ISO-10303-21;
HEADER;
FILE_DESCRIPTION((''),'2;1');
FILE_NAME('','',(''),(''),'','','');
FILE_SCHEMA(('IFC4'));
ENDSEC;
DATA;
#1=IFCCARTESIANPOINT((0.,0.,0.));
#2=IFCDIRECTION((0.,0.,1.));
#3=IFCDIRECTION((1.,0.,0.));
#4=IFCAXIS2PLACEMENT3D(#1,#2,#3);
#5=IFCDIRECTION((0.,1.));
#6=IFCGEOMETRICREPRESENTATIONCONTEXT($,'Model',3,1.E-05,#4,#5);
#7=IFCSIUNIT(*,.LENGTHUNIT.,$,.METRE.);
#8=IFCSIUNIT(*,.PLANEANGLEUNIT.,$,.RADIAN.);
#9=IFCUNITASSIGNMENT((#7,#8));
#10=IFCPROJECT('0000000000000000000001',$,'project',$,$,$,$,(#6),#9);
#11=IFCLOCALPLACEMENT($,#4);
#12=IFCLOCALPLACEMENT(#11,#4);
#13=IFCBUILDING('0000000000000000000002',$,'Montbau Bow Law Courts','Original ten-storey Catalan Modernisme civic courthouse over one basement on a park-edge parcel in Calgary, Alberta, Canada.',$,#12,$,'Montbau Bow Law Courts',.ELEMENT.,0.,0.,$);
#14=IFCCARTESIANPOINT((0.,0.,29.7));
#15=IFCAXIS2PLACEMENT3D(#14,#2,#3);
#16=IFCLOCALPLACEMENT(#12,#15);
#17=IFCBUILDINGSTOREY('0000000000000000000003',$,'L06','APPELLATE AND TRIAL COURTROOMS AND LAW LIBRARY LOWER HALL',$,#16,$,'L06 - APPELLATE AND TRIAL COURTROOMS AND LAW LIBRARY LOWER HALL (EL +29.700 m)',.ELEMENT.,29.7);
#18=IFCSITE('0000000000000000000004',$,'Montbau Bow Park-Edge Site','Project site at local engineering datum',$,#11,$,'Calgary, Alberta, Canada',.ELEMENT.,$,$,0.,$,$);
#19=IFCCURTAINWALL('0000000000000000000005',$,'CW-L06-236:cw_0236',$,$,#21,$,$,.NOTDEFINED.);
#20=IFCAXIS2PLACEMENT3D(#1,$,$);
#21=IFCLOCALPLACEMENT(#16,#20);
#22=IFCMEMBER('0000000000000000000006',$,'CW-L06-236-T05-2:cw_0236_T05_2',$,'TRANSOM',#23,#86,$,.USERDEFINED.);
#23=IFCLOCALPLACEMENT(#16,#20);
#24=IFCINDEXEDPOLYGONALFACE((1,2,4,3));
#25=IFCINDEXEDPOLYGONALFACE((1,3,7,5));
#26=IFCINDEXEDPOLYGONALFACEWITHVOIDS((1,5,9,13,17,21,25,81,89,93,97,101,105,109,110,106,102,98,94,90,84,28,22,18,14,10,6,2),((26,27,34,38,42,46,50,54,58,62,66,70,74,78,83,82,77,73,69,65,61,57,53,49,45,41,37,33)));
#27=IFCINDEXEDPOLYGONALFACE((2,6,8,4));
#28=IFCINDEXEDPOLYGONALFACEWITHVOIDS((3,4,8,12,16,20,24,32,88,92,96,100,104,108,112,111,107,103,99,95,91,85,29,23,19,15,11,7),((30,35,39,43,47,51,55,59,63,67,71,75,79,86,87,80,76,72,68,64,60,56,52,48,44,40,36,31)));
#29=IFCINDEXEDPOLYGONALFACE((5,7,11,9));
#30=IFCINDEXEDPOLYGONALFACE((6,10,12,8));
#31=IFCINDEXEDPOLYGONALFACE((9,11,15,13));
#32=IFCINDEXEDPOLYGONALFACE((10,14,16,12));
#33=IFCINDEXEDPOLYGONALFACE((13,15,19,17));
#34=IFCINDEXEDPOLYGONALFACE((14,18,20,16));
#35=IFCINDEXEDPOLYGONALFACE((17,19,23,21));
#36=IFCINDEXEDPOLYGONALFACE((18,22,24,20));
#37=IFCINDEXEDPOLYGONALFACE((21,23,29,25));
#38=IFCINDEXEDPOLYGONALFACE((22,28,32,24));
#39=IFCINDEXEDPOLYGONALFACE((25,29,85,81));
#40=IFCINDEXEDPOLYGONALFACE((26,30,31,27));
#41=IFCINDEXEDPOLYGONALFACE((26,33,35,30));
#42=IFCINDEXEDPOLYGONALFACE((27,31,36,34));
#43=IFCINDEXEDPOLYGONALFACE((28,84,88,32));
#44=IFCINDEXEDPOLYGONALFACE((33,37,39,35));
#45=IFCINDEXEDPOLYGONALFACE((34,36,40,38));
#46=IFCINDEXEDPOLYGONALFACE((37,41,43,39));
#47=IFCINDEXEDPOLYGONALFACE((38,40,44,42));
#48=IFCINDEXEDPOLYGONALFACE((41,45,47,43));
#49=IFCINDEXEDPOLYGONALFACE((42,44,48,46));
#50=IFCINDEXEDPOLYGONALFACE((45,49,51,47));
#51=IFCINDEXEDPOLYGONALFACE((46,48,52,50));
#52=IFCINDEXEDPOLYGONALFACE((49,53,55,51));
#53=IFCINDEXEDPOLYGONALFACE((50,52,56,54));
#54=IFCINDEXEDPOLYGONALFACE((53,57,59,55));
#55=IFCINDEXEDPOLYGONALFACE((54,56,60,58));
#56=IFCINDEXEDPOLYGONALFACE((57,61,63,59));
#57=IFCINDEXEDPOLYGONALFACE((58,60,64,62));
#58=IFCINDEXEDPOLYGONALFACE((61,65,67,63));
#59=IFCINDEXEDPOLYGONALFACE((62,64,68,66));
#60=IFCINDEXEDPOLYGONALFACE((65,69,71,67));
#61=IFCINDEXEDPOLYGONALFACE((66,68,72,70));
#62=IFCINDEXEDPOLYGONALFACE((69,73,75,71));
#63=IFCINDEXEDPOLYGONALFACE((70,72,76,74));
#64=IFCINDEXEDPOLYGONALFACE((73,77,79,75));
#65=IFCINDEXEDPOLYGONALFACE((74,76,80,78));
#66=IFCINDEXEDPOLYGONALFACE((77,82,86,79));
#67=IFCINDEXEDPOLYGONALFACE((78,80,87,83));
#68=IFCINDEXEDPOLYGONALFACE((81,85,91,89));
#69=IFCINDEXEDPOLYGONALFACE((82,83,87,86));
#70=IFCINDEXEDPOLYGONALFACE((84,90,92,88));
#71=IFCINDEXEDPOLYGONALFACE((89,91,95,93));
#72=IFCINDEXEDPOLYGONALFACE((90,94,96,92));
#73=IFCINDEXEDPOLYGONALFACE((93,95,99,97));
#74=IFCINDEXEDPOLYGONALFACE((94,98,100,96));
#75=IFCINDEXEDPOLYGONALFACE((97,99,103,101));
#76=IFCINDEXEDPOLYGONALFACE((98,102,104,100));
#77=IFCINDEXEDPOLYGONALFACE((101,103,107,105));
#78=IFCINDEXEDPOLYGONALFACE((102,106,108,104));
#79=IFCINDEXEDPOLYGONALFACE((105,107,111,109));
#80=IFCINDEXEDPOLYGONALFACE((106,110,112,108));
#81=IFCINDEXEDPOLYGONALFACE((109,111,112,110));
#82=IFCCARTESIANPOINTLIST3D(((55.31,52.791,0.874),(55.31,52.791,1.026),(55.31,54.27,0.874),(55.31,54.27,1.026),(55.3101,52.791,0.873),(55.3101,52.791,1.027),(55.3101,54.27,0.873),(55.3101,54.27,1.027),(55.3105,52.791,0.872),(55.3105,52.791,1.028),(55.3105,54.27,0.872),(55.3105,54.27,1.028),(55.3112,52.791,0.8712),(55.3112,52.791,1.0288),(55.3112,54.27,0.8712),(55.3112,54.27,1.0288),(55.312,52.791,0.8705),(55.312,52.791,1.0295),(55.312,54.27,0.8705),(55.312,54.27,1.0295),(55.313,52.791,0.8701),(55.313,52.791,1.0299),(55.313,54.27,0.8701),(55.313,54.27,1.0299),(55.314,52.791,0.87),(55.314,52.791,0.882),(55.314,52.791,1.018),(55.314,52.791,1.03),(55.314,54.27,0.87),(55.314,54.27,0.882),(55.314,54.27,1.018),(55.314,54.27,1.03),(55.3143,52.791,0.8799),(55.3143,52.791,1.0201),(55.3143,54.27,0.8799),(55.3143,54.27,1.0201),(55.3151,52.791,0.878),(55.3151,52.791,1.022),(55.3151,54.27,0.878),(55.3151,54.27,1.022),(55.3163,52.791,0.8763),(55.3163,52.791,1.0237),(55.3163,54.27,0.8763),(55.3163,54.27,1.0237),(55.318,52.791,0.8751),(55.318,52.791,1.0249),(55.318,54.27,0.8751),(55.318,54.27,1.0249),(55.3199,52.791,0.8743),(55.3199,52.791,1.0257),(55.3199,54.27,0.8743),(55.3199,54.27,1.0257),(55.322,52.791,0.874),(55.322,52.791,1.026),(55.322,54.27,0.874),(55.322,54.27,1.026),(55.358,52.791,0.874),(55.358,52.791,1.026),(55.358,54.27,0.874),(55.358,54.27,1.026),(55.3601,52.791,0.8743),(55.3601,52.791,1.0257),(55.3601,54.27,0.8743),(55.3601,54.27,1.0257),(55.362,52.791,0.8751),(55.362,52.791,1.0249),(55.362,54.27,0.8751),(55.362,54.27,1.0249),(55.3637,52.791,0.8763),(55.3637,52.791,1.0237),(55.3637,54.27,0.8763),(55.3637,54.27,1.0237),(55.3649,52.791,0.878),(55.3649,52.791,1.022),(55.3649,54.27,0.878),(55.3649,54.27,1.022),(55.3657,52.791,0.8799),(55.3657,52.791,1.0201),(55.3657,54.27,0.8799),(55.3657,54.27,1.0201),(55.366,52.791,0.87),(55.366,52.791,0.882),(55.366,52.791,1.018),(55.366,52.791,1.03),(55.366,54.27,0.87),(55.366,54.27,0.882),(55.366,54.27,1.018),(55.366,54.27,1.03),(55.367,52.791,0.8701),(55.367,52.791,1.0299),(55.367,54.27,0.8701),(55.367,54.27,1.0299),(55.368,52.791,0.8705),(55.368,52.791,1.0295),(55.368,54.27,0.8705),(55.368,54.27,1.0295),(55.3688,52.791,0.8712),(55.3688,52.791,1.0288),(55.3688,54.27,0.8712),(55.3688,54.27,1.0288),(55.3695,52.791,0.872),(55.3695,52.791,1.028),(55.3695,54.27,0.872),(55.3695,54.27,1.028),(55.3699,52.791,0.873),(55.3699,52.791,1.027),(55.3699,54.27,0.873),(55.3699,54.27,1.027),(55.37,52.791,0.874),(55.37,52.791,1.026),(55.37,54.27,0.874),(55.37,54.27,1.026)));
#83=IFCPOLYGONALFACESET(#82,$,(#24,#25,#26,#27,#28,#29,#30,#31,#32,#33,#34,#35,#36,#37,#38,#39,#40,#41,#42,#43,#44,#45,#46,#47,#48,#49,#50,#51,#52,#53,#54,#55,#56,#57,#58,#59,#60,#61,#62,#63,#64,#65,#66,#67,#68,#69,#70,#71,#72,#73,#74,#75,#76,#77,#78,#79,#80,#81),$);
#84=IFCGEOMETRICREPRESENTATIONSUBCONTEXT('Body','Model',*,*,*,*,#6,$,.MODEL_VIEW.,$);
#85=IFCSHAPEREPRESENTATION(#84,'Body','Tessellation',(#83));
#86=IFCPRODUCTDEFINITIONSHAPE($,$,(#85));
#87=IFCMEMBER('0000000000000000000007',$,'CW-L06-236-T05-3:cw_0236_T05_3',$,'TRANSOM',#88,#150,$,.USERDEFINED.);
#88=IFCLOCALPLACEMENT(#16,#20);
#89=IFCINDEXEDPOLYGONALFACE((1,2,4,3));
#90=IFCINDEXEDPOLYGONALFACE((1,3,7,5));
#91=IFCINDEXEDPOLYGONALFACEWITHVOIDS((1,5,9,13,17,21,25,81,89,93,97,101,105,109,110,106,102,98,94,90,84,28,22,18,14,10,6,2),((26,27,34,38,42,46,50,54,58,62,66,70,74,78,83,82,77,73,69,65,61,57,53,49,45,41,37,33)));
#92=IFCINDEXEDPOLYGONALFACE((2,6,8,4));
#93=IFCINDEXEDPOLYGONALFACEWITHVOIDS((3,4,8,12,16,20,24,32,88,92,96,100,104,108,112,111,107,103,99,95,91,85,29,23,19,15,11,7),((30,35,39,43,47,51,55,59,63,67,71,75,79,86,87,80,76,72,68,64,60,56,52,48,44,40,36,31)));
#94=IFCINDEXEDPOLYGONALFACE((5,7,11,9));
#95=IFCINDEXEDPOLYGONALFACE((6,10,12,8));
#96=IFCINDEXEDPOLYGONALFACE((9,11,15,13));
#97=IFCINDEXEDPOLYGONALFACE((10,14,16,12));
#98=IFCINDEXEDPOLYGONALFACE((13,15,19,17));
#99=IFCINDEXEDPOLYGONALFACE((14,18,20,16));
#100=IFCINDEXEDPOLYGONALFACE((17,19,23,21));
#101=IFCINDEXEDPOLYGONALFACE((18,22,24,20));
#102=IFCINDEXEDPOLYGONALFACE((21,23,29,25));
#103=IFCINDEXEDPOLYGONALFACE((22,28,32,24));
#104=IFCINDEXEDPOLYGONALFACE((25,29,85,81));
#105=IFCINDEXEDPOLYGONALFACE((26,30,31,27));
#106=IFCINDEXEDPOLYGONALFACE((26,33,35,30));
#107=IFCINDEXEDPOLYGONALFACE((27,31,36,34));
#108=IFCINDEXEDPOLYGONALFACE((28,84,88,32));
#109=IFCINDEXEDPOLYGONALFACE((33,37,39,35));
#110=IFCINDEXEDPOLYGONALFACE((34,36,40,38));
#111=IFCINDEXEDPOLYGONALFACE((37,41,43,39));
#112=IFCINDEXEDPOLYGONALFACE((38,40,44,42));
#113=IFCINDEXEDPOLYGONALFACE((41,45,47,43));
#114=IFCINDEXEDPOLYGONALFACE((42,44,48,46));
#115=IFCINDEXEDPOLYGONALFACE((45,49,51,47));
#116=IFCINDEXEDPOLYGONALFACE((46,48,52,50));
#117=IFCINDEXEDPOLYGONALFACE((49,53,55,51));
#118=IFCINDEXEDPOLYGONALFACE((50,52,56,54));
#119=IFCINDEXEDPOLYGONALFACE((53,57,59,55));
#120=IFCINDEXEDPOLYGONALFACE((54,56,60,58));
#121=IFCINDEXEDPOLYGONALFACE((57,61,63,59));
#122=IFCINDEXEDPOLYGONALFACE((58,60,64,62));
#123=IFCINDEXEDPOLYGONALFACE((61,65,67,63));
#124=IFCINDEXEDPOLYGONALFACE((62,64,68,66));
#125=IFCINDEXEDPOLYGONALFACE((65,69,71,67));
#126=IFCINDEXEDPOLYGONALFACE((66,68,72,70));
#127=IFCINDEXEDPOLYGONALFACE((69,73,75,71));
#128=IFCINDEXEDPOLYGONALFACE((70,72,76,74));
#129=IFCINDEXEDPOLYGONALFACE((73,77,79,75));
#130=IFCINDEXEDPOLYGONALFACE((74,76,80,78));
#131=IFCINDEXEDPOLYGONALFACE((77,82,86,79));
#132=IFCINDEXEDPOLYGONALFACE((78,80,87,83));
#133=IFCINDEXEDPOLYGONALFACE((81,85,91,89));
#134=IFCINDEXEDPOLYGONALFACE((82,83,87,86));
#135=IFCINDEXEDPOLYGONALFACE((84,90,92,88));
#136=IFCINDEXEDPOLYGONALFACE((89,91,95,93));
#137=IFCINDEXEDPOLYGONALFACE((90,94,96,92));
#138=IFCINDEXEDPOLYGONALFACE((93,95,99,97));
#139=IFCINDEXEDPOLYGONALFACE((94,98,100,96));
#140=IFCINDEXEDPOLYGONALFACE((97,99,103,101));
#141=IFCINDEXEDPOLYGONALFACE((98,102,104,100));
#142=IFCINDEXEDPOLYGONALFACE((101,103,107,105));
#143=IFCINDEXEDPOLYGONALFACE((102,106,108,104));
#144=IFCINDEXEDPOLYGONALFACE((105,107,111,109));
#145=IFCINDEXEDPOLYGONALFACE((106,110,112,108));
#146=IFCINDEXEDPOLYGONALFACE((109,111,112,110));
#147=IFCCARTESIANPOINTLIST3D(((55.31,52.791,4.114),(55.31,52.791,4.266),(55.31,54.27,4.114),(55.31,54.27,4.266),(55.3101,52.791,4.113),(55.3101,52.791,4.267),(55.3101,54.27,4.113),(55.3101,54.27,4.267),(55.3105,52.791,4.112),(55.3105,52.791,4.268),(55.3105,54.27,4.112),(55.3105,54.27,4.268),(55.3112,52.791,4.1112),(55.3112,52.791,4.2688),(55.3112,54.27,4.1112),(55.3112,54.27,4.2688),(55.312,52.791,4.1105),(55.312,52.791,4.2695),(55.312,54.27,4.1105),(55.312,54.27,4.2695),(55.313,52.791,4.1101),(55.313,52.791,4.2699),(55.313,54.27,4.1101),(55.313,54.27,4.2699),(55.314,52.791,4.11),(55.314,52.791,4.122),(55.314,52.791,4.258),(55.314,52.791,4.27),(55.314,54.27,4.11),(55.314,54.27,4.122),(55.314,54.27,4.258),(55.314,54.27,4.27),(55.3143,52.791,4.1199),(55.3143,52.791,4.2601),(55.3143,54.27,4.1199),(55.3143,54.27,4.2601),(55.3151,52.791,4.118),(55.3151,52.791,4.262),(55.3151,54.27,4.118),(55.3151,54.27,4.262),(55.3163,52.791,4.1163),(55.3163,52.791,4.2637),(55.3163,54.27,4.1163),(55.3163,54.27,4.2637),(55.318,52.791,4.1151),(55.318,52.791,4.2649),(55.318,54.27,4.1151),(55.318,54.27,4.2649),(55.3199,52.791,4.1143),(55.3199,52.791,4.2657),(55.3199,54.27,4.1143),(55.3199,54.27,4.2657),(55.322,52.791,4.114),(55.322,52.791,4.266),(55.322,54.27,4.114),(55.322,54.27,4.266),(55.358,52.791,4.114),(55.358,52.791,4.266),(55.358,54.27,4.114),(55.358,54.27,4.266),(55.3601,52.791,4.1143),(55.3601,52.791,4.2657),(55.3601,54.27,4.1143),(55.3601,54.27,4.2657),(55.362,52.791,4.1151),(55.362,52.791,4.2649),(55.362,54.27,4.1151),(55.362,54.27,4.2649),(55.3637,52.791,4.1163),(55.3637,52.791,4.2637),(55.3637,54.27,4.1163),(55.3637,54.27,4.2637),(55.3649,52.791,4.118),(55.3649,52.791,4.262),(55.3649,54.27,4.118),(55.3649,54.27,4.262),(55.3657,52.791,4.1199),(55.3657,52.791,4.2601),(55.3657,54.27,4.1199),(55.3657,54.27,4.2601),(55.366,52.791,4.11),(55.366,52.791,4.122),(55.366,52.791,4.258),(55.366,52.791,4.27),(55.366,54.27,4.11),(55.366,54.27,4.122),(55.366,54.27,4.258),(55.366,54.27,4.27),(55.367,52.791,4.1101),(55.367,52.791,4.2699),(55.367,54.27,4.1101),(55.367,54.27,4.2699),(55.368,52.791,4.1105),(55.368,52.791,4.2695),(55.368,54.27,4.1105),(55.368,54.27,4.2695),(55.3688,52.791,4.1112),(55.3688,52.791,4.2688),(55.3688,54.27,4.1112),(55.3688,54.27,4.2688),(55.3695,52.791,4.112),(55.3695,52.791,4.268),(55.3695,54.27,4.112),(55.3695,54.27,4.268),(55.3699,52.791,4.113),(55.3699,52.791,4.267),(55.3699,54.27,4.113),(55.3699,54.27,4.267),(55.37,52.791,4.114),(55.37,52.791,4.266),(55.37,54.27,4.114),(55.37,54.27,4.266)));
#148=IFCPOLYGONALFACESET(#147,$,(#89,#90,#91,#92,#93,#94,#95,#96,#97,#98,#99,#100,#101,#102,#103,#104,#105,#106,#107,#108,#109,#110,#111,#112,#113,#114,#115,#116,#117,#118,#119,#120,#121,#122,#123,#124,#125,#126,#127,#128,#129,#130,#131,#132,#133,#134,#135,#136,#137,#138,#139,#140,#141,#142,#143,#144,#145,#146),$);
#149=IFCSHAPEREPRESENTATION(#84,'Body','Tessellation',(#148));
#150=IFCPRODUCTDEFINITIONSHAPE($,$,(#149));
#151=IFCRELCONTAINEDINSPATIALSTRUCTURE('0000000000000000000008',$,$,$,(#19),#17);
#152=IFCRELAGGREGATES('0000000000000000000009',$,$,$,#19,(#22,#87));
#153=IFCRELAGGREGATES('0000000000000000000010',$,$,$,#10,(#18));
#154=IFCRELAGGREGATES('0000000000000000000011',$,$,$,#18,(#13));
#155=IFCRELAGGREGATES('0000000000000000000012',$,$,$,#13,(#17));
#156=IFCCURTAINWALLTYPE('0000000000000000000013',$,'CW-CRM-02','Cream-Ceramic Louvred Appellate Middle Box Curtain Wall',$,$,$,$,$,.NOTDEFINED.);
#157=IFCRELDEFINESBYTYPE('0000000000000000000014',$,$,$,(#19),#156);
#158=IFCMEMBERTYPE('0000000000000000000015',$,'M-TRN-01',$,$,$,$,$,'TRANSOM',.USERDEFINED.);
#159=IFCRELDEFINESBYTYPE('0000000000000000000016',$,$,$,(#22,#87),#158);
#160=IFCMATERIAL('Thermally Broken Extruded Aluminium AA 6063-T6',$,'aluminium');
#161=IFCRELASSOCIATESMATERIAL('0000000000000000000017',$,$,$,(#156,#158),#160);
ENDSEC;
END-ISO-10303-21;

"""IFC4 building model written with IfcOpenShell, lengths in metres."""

from ifc_helpers import new_model, si_unit, direction, frame, origin_with_axes, origin_2d_with_axis, place, context, subcontext, project, spatial, hollow_rectangle, extrude, material, material_profile, profile_set, type_object, element, aggregate, save


model = new_model("IFC4")

# Units and contexts
model_context = context("Model", 3, precision=1e-05, world=origin_with_axes(), true_north=direction((0.0, 1.0)))
body_context = subcontext(model_context, "Body", "Model", "MODEL_VIEW")
ifc_project = project(units=[si_unit("LENGTHUNIT", "METRE"), si_unit("PLANEANGLEUNIT", "RADIAN")], contexts=[model_context])

# Site, building, storey
site_placement = place(None, origin_with_axes())
site = spatial("IfcSite", under=ifc_project, at=site_placement, Name="Montbau Bow Park-Edge Site", Description="Project site at local engineering datum", LongName="Calgary, Alberta, Canada", CompositionType="ELEMENT", RefElevation=0.0)
building_placement = place(site_placement, origin_with_axes())
building = spatial("IfcBuilding", under=site, at=building_placement, Name="Montbau Bow Law Courts", Description="Original ten-storey Catalan Modernisme civic courthouse over one basement on a park-edge parcel in Calgary, Alberta, Canada.", LongName="Montbau Bow Law Courts", CompositionType="ELEMENT", ElevationOfRefHeight=0.0, ElevationOfTerrain=0.0)
storey_placement = place(building_placement, frame((0.0, 0.0, 29.7), z_axis=(0.0, 0.0, 1.0), x_axis=(1.0, 0.0, 0.0)))
storey = spatial("IfcBuildingStorey", under=building, at=storey_placement, Name="L06", Description="APPELLATE AND TRIAL COURTROOMS AND LAW LIBRARY LOWER HALL", LongName="L06 - APPELLATE AND TRIAL COURTROOMS AND LAW LIBRARY LOWER HALL (EL +29.700 m)", CompositionType="ELEMENT", Elevation=29.7)

# Shared definitions
ifc_material_1 = material(Name="Thermally Broken Extruded Aluminium AA 6063-T6", Category="aluminium")
curtain_wall_type = type_object("IfcCurtainWallType", Name="CW-CRM-02", Description="Cream-Ceramic Louvred Appellate Middle Box Curtain Wall", PredefinedType="NOTDEFINED", material=ifc_material_1)

# Curtain wall, members
curtain_wall_1_placement = place(None, frame((55.34, 46.468, 29.7), z_axis=(0.0, 0.0, 1.0), x_axis=(1.0, 0.0, 0.0)))
curtain_wall_1 = element("IfcCurtainWall", 1, at=curtain_wall_1_placement, inside=storey, type_object=curtain_wall_type, Name="CW-L06-236:cw_0236", PredefinedType="NOTDEFINED")
ifc_material_profile_1 = material_profile(ifc_material_1, hollow_rectangle(XDim=0.06, YDim=0.16, WallThickness=0.004, InnerFilletRadius=0.008, OuterFilletRadius=0.004, at=origin_2d_with_axis()), Name="CWT-160X60", Category="Main", Priority=0)
ifc_profile_set_1 = profile_set([ifc_material_profile_1], Name="Thermally Broken Extruded Aluminium AA 6063-T6")
member_type_1 = type_object("IfcMemberType", Name="M-TRN-01", ElementType="TRANSOM", PredefinedType="USERDEFINED", material=ifc_profile_set_1)
member_1_placement = place(None, frame((55.34, 52.791, 30.65), z_axis=(0.0, 1.0, 0.0), x_axis=(-1.0, 0.0, 0.0)))
member_1 = element("IfcMember", 2, at=member_1_placement, type_object=member_type_1, Name="CW-L06-236-T05-2:cw_0236_T05_2", ObjectType="TRANSOM", PredefinedType="USERDEFINED", context=body_context, shape_type="SweptSolid", body=[
    extrude(hollow_rectangle(XDim=0.06, YDim=0.16, WallThickness=0.004, InnerFilletRadius=0.008, OuterFilletRadius=0.004, at=origin_2d_with_axis()), origin_with_axes(), (0.0, 0.0, 1.0), 1.479),
])
member_2_placement = place(None, frame((55.34, 52.791, 33.89), z_axis=(0.0, 1.0, 0.0), x_axis=(-1.0, 0.0, 0.0)))
member_2 = element("IfcMember", 3, at=member_2_placement, type_object=member_type_1, Name="CW-L06-236-T05-3:cw_0236_T05_3", ObjectType="TRANSOM", PredefinedType="USERDEFINED", context=body_context, shape_type="SweptSolid", body=[
    extrude(hollow_rectangle(XDim=0.06, YDim=0.16, WallThickness=0.004, InnerFilletRadius=0.008, OuterFilletRadius=0.004, at=origin_2d_with_axis()), origin_with_axes(), (0.0, 0.0, 1.0), 1.479),
])

aggregate(curtain_wall_1, [member_1, member_2])

save(model, "model.ifc")
